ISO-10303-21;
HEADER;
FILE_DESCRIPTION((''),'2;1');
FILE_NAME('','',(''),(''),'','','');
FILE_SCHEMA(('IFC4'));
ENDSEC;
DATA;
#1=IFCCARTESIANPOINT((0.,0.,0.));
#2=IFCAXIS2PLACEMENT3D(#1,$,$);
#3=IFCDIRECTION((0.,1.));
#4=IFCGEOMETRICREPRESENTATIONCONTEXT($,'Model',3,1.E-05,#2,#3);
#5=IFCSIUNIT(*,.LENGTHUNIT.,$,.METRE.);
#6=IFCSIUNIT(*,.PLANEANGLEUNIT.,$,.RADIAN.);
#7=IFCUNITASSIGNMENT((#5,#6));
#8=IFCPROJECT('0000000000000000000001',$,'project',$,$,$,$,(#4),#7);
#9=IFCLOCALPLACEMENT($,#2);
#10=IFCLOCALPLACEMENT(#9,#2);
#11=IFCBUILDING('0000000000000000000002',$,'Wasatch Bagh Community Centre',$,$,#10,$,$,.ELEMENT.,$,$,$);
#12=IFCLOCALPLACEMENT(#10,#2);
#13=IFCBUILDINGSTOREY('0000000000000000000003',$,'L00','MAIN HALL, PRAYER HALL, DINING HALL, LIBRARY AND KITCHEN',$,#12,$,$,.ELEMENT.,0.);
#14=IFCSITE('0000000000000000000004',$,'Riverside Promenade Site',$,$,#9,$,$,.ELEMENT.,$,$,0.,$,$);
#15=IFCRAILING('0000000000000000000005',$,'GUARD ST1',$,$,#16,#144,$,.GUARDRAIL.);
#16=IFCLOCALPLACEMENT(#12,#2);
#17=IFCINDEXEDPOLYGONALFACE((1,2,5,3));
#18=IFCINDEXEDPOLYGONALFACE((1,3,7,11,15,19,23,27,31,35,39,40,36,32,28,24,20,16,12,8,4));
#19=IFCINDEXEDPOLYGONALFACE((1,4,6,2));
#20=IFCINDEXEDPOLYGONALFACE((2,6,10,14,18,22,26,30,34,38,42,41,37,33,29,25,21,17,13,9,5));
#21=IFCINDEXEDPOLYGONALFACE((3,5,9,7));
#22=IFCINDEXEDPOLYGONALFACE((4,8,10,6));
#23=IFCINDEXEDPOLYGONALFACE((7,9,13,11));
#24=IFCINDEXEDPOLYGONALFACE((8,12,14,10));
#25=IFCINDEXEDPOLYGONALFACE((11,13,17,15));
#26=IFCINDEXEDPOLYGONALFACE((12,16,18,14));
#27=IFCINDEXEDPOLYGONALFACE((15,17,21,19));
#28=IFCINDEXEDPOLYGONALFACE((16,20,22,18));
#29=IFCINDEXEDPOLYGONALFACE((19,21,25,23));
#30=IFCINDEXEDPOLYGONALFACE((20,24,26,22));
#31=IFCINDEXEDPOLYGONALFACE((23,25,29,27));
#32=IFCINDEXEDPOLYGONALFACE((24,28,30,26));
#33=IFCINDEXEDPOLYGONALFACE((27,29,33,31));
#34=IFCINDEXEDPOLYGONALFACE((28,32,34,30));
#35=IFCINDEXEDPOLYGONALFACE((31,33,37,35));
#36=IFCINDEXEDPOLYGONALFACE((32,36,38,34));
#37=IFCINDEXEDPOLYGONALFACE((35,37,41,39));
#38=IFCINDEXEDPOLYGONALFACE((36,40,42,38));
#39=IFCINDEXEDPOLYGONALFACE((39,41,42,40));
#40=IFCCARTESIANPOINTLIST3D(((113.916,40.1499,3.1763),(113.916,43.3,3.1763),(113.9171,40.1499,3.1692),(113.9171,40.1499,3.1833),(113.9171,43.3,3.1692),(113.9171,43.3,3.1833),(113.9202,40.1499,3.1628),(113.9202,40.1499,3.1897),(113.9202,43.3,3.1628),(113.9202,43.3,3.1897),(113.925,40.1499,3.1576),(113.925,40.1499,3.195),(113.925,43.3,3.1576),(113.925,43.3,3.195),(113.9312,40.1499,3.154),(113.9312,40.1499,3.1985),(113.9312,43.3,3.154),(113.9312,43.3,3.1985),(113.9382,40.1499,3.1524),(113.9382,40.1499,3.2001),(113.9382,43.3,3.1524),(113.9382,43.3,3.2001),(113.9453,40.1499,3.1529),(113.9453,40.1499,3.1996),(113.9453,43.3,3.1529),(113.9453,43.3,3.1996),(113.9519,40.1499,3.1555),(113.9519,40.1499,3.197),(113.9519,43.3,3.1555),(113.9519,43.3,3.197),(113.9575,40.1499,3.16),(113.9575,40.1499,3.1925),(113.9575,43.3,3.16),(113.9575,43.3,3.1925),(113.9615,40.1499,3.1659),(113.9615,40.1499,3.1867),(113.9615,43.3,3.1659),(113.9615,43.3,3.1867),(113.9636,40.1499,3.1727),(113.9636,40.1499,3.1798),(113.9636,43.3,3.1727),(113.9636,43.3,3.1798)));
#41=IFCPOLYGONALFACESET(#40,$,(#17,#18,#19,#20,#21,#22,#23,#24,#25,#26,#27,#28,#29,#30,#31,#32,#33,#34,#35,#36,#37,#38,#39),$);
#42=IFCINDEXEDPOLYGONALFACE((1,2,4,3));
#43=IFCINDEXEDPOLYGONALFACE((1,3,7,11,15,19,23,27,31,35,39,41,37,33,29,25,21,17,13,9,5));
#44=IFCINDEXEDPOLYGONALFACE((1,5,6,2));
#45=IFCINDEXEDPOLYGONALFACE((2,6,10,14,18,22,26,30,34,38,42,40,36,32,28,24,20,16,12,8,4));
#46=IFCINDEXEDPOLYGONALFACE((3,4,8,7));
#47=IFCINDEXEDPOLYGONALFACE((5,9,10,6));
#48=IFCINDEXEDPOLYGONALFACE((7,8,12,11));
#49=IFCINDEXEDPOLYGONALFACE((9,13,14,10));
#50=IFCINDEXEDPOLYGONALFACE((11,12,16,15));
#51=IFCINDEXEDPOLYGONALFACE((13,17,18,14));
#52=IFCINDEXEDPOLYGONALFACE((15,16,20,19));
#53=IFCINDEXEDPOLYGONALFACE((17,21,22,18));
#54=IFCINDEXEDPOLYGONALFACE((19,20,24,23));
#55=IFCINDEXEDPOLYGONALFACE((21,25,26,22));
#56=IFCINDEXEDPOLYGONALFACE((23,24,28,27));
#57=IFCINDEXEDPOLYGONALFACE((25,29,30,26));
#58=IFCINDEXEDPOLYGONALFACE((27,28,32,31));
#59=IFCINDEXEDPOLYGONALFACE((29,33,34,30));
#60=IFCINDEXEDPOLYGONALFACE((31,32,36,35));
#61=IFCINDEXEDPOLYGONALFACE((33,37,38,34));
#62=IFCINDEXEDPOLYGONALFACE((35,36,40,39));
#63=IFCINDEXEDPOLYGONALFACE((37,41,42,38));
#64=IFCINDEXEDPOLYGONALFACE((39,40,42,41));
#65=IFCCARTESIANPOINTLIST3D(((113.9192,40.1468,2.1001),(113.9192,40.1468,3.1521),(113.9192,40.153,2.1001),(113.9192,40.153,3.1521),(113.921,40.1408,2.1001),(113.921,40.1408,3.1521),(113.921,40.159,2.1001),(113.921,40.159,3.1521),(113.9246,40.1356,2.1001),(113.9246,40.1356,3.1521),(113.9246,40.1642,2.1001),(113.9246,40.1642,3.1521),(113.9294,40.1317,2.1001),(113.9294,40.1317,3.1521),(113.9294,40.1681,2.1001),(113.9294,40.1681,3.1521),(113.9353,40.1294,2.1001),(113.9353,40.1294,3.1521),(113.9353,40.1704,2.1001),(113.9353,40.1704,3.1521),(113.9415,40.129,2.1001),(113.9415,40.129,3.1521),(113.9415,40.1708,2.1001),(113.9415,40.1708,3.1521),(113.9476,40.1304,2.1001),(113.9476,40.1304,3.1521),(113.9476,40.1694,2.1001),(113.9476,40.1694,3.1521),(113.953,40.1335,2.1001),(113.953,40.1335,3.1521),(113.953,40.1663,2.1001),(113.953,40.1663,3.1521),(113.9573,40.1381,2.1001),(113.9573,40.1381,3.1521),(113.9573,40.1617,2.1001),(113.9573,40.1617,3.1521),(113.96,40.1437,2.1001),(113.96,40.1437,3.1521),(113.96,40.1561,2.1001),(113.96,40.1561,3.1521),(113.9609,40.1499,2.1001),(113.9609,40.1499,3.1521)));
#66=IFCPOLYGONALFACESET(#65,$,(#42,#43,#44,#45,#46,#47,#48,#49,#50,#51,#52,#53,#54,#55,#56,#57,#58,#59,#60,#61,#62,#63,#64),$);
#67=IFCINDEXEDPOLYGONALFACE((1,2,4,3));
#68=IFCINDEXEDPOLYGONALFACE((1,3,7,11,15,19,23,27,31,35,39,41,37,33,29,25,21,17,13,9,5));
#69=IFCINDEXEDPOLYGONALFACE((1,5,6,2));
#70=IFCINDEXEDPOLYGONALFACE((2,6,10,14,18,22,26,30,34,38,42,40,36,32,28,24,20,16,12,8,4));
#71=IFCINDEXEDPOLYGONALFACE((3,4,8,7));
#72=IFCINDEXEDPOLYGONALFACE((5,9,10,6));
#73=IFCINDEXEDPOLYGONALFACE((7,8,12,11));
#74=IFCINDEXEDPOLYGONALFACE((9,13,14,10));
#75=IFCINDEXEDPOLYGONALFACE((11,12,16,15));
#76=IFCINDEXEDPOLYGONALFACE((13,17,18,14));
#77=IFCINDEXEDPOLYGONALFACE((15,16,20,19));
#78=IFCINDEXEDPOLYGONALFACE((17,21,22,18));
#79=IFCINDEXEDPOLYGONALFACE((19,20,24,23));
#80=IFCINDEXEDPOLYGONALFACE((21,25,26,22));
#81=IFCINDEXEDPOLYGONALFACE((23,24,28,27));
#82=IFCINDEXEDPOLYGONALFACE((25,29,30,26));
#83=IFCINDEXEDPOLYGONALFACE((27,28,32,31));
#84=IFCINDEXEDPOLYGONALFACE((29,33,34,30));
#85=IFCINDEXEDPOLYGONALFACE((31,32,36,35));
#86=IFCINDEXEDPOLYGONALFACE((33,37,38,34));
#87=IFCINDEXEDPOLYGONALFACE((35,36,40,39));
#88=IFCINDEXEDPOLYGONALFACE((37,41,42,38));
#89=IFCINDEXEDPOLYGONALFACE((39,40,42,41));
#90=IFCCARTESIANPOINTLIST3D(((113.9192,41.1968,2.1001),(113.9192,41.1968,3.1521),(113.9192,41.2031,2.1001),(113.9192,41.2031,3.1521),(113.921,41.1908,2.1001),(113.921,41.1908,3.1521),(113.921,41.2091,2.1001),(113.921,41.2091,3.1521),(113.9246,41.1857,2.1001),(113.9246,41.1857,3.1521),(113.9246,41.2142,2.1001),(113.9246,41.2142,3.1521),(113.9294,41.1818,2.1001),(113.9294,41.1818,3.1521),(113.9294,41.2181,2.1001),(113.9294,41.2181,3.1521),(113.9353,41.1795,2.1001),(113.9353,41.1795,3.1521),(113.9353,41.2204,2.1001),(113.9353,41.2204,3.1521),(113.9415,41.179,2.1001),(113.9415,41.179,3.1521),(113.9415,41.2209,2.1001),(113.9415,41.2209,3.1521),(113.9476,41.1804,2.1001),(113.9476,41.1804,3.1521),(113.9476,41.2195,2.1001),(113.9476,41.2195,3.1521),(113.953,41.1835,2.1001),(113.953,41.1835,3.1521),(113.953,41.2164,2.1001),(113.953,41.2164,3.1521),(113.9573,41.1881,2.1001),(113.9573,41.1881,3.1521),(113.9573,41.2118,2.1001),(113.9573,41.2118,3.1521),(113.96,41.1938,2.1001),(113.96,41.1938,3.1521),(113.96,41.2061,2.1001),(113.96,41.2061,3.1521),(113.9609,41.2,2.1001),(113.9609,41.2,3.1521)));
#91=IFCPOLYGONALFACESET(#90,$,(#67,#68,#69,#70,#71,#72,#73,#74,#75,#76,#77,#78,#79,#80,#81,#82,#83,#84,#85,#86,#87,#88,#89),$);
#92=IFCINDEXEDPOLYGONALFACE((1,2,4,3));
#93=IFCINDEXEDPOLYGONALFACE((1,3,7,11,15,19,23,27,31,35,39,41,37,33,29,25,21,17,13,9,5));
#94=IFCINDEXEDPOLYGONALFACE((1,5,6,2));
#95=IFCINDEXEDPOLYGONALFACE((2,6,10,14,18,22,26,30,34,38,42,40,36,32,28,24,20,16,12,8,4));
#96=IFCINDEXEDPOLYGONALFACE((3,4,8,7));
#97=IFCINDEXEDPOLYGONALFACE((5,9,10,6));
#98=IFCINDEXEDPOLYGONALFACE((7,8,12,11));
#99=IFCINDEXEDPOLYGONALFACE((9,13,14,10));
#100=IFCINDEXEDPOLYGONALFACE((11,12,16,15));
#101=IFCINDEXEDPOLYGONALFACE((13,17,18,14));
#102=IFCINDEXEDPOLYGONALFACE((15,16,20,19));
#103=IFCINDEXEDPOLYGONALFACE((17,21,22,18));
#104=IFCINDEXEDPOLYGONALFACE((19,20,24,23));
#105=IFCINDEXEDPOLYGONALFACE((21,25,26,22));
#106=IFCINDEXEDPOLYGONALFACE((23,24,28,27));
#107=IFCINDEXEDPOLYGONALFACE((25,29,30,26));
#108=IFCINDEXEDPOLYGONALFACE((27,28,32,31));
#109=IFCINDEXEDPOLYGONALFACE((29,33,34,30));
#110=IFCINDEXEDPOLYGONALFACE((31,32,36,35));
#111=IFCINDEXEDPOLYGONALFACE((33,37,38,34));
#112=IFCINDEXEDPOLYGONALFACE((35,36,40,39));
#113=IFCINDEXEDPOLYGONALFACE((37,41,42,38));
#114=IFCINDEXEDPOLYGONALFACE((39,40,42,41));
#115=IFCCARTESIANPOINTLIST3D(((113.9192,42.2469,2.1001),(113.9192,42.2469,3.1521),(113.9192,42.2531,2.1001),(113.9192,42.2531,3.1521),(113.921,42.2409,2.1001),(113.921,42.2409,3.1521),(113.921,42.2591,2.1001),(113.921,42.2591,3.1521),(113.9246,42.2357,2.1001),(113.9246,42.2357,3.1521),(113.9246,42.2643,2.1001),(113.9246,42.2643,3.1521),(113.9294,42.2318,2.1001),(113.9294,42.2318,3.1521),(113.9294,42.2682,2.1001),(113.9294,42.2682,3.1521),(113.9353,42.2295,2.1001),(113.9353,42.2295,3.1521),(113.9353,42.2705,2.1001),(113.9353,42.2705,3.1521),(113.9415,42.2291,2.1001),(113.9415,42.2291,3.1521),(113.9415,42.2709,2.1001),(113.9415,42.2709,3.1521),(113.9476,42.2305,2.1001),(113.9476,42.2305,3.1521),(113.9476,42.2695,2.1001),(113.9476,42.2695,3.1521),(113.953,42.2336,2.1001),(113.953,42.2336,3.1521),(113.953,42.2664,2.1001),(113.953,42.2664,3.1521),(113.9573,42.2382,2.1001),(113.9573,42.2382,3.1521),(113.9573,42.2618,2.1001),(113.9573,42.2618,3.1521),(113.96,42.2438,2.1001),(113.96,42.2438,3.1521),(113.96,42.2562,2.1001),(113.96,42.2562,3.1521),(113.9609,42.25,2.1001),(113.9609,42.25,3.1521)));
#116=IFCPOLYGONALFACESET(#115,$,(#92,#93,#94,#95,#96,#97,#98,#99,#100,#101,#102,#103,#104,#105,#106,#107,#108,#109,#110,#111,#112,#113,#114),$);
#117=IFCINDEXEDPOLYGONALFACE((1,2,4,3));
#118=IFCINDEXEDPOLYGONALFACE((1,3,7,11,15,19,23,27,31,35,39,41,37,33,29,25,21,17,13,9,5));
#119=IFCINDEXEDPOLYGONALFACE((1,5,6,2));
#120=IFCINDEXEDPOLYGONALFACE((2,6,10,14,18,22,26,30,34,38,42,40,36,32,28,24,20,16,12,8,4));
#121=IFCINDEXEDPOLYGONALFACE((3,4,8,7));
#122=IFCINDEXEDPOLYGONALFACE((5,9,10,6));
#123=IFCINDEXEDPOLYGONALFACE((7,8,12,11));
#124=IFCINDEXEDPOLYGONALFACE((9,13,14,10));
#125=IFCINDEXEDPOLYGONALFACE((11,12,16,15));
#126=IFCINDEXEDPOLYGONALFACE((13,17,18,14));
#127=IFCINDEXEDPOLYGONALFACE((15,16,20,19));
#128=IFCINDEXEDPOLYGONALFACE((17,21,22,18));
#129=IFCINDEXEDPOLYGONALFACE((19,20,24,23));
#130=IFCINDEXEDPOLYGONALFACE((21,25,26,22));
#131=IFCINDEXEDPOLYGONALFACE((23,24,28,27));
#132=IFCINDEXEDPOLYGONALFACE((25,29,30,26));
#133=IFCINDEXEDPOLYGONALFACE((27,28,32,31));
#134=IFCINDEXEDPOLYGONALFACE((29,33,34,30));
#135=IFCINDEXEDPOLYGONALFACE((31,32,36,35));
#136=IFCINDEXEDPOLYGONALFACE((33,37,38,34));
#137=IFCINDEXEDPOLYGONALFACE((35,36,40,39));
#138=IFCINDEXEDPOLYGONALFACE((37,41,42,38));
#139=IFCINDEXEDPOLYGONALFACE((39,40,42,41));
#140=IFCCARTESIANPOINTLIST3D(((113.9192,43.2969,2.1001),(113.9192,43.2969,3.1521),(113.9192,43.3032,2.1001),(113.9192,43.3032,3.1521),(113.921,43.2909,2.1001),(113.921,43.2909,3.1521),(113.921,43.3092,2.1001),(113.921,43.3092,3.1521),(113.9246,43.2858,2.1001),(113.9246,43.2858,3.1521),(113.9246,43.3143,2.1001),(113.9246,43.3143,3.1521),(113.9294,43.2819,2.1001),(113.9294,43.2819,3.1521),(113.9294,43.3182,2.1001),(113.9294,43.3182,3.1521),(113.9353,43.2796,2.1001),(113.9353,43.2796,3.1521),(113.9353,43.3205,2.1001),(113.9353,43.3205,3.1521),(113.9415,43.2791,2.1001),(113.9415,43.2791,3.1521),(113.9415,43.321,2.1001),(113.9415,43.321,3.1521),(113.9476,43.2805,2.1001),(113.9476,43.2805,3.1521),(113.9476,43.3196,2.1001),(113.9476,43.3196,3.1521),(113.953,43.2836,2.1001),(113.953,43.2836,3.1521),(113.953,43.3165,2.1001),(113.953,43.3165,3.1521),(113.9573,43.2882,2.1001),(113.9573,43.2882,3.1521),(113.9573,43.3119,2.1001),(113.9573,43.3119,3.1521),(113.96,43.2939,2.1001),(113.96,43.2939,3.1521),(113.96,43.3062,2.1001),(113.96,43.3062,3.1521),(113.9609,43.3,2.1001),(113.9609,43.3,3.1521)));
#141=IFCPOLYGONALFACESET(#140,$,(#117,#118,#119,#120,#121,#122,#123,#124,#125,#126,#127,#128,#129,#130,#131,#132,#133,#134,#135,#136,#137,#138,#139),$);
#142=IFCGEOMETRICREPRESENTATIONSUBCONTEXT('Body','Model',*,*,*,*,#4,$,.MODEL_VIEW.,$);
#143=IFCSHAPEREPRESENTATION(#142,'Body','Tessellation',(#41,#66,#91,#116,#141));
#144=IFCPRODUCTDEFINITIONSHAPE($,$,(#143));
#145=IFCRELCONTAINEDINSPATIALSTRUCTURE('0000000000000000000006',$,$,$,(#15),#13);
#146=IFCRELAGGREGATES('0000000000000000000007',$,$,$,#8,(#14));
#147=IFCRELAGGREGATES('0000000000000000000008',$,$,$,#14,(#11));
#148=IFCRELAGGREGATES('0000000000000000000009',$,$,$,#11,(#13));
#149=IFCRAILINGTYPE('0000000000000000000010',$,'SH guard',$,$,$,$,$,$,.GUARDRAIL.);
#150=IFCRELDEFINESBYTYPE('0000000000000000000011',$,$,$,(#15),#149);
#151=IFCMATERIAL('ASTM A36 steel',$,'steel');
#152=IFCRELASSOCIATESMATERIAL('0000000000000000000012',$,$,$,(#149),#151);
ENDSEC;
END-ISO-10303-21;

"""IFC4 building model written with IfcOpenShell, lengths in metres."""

from ifc_helpers import new_model, si_unit, direction, frame, origin, origin_2d, place, context, subcontext, project, spatial, circle, extrude, material, type_object, element, save


model = new_model("IFC4")

# Units and contexts
model_context = context("Model", 3, precision=1e-05, world=origin(), true_north=direction((0.0, 1.0)))
body_context = subcontext(model_context, "Body", "Model", "MODEL_VIEW")
ifc_project = project(units=[si_unit("LENGTHUNIT", "METRE"), si_unit("PLANEANGLEUNIT", "RADIAN")], contexts=[model_context])

# Site, building, storey
site_placement = place(None, origin())
site = spatial("IfcSite", under=ifc_project, at=site_placement, Name="Riverside Promenade Site", CompositionType="ELEMENT", RefElevation=0.0)
building_placement = place(site_placement, origin())
building = spatial("IfcBuilding", under=site, at=building_placement, Name="Wasatch Bagh Community Centre", CompositionType="ELEMENT")
storey_placement = place(building_placement, origin())
storey = spatial("IfcBuildingStorey", under=building, at=storey_placement, Name="L00", Description="MAIN HALL, PRAYER HALL, DINING HALL, LIBRARY AND KITCHEN", CompositionType="ELEMENT", Elevation=0.0)

# Railing
ifc_material_1 = material(Name="ASTM A36 steel", Category="steel")
railing_type_1 = type_object("IfcRailingType", Name="SH guard", PredefinedType="GUARDRAIL", material=ifc_material_1)
railing_placement = place(storey_placement, frame((113.9399, 40.1499, 2.1001)))
element("IfcRailing", 1, at=railing_placement, inside=storey, type_object=railing_type_1, Name="GUARD ST1", PredefinedType="GUARDRAIL", context=body_context, shape_type="SweptSolid", body=[
    extrude(circle(Radius=0.0239, at=origin_2d()), frame((0.0, 0.0, 1.0762), z_axis=(0.0, 1.0, 0.0), x_axis=(-1.0, 0.0, 0.0)), (0.0, 0.0, 1.0), 3.1501),
    extrude(circle(Radius=0.021, at=origin_2d()), origin(), (0.0, 0.0, 1.0), 1.052),
    extrude(circle(Radius=0.021, at=origin_2d()), frame((0.0, 1.05, 0.0)), (0.0, 0.0, 1.0), 1.052),
    extrude(circle(Radius=0.021, at=origin_2d()), frame((0.0, 2.1001, 0.0)), (0.0, 0.0, 1.0), 1.052),
    extrude(circle(Radius=0.021, at=origin_2d()), frame((0.0, 3.1501, 0.0)), (0.0, 0.0, 1.0), 1.052),
])

save(model, "model.ifc")
